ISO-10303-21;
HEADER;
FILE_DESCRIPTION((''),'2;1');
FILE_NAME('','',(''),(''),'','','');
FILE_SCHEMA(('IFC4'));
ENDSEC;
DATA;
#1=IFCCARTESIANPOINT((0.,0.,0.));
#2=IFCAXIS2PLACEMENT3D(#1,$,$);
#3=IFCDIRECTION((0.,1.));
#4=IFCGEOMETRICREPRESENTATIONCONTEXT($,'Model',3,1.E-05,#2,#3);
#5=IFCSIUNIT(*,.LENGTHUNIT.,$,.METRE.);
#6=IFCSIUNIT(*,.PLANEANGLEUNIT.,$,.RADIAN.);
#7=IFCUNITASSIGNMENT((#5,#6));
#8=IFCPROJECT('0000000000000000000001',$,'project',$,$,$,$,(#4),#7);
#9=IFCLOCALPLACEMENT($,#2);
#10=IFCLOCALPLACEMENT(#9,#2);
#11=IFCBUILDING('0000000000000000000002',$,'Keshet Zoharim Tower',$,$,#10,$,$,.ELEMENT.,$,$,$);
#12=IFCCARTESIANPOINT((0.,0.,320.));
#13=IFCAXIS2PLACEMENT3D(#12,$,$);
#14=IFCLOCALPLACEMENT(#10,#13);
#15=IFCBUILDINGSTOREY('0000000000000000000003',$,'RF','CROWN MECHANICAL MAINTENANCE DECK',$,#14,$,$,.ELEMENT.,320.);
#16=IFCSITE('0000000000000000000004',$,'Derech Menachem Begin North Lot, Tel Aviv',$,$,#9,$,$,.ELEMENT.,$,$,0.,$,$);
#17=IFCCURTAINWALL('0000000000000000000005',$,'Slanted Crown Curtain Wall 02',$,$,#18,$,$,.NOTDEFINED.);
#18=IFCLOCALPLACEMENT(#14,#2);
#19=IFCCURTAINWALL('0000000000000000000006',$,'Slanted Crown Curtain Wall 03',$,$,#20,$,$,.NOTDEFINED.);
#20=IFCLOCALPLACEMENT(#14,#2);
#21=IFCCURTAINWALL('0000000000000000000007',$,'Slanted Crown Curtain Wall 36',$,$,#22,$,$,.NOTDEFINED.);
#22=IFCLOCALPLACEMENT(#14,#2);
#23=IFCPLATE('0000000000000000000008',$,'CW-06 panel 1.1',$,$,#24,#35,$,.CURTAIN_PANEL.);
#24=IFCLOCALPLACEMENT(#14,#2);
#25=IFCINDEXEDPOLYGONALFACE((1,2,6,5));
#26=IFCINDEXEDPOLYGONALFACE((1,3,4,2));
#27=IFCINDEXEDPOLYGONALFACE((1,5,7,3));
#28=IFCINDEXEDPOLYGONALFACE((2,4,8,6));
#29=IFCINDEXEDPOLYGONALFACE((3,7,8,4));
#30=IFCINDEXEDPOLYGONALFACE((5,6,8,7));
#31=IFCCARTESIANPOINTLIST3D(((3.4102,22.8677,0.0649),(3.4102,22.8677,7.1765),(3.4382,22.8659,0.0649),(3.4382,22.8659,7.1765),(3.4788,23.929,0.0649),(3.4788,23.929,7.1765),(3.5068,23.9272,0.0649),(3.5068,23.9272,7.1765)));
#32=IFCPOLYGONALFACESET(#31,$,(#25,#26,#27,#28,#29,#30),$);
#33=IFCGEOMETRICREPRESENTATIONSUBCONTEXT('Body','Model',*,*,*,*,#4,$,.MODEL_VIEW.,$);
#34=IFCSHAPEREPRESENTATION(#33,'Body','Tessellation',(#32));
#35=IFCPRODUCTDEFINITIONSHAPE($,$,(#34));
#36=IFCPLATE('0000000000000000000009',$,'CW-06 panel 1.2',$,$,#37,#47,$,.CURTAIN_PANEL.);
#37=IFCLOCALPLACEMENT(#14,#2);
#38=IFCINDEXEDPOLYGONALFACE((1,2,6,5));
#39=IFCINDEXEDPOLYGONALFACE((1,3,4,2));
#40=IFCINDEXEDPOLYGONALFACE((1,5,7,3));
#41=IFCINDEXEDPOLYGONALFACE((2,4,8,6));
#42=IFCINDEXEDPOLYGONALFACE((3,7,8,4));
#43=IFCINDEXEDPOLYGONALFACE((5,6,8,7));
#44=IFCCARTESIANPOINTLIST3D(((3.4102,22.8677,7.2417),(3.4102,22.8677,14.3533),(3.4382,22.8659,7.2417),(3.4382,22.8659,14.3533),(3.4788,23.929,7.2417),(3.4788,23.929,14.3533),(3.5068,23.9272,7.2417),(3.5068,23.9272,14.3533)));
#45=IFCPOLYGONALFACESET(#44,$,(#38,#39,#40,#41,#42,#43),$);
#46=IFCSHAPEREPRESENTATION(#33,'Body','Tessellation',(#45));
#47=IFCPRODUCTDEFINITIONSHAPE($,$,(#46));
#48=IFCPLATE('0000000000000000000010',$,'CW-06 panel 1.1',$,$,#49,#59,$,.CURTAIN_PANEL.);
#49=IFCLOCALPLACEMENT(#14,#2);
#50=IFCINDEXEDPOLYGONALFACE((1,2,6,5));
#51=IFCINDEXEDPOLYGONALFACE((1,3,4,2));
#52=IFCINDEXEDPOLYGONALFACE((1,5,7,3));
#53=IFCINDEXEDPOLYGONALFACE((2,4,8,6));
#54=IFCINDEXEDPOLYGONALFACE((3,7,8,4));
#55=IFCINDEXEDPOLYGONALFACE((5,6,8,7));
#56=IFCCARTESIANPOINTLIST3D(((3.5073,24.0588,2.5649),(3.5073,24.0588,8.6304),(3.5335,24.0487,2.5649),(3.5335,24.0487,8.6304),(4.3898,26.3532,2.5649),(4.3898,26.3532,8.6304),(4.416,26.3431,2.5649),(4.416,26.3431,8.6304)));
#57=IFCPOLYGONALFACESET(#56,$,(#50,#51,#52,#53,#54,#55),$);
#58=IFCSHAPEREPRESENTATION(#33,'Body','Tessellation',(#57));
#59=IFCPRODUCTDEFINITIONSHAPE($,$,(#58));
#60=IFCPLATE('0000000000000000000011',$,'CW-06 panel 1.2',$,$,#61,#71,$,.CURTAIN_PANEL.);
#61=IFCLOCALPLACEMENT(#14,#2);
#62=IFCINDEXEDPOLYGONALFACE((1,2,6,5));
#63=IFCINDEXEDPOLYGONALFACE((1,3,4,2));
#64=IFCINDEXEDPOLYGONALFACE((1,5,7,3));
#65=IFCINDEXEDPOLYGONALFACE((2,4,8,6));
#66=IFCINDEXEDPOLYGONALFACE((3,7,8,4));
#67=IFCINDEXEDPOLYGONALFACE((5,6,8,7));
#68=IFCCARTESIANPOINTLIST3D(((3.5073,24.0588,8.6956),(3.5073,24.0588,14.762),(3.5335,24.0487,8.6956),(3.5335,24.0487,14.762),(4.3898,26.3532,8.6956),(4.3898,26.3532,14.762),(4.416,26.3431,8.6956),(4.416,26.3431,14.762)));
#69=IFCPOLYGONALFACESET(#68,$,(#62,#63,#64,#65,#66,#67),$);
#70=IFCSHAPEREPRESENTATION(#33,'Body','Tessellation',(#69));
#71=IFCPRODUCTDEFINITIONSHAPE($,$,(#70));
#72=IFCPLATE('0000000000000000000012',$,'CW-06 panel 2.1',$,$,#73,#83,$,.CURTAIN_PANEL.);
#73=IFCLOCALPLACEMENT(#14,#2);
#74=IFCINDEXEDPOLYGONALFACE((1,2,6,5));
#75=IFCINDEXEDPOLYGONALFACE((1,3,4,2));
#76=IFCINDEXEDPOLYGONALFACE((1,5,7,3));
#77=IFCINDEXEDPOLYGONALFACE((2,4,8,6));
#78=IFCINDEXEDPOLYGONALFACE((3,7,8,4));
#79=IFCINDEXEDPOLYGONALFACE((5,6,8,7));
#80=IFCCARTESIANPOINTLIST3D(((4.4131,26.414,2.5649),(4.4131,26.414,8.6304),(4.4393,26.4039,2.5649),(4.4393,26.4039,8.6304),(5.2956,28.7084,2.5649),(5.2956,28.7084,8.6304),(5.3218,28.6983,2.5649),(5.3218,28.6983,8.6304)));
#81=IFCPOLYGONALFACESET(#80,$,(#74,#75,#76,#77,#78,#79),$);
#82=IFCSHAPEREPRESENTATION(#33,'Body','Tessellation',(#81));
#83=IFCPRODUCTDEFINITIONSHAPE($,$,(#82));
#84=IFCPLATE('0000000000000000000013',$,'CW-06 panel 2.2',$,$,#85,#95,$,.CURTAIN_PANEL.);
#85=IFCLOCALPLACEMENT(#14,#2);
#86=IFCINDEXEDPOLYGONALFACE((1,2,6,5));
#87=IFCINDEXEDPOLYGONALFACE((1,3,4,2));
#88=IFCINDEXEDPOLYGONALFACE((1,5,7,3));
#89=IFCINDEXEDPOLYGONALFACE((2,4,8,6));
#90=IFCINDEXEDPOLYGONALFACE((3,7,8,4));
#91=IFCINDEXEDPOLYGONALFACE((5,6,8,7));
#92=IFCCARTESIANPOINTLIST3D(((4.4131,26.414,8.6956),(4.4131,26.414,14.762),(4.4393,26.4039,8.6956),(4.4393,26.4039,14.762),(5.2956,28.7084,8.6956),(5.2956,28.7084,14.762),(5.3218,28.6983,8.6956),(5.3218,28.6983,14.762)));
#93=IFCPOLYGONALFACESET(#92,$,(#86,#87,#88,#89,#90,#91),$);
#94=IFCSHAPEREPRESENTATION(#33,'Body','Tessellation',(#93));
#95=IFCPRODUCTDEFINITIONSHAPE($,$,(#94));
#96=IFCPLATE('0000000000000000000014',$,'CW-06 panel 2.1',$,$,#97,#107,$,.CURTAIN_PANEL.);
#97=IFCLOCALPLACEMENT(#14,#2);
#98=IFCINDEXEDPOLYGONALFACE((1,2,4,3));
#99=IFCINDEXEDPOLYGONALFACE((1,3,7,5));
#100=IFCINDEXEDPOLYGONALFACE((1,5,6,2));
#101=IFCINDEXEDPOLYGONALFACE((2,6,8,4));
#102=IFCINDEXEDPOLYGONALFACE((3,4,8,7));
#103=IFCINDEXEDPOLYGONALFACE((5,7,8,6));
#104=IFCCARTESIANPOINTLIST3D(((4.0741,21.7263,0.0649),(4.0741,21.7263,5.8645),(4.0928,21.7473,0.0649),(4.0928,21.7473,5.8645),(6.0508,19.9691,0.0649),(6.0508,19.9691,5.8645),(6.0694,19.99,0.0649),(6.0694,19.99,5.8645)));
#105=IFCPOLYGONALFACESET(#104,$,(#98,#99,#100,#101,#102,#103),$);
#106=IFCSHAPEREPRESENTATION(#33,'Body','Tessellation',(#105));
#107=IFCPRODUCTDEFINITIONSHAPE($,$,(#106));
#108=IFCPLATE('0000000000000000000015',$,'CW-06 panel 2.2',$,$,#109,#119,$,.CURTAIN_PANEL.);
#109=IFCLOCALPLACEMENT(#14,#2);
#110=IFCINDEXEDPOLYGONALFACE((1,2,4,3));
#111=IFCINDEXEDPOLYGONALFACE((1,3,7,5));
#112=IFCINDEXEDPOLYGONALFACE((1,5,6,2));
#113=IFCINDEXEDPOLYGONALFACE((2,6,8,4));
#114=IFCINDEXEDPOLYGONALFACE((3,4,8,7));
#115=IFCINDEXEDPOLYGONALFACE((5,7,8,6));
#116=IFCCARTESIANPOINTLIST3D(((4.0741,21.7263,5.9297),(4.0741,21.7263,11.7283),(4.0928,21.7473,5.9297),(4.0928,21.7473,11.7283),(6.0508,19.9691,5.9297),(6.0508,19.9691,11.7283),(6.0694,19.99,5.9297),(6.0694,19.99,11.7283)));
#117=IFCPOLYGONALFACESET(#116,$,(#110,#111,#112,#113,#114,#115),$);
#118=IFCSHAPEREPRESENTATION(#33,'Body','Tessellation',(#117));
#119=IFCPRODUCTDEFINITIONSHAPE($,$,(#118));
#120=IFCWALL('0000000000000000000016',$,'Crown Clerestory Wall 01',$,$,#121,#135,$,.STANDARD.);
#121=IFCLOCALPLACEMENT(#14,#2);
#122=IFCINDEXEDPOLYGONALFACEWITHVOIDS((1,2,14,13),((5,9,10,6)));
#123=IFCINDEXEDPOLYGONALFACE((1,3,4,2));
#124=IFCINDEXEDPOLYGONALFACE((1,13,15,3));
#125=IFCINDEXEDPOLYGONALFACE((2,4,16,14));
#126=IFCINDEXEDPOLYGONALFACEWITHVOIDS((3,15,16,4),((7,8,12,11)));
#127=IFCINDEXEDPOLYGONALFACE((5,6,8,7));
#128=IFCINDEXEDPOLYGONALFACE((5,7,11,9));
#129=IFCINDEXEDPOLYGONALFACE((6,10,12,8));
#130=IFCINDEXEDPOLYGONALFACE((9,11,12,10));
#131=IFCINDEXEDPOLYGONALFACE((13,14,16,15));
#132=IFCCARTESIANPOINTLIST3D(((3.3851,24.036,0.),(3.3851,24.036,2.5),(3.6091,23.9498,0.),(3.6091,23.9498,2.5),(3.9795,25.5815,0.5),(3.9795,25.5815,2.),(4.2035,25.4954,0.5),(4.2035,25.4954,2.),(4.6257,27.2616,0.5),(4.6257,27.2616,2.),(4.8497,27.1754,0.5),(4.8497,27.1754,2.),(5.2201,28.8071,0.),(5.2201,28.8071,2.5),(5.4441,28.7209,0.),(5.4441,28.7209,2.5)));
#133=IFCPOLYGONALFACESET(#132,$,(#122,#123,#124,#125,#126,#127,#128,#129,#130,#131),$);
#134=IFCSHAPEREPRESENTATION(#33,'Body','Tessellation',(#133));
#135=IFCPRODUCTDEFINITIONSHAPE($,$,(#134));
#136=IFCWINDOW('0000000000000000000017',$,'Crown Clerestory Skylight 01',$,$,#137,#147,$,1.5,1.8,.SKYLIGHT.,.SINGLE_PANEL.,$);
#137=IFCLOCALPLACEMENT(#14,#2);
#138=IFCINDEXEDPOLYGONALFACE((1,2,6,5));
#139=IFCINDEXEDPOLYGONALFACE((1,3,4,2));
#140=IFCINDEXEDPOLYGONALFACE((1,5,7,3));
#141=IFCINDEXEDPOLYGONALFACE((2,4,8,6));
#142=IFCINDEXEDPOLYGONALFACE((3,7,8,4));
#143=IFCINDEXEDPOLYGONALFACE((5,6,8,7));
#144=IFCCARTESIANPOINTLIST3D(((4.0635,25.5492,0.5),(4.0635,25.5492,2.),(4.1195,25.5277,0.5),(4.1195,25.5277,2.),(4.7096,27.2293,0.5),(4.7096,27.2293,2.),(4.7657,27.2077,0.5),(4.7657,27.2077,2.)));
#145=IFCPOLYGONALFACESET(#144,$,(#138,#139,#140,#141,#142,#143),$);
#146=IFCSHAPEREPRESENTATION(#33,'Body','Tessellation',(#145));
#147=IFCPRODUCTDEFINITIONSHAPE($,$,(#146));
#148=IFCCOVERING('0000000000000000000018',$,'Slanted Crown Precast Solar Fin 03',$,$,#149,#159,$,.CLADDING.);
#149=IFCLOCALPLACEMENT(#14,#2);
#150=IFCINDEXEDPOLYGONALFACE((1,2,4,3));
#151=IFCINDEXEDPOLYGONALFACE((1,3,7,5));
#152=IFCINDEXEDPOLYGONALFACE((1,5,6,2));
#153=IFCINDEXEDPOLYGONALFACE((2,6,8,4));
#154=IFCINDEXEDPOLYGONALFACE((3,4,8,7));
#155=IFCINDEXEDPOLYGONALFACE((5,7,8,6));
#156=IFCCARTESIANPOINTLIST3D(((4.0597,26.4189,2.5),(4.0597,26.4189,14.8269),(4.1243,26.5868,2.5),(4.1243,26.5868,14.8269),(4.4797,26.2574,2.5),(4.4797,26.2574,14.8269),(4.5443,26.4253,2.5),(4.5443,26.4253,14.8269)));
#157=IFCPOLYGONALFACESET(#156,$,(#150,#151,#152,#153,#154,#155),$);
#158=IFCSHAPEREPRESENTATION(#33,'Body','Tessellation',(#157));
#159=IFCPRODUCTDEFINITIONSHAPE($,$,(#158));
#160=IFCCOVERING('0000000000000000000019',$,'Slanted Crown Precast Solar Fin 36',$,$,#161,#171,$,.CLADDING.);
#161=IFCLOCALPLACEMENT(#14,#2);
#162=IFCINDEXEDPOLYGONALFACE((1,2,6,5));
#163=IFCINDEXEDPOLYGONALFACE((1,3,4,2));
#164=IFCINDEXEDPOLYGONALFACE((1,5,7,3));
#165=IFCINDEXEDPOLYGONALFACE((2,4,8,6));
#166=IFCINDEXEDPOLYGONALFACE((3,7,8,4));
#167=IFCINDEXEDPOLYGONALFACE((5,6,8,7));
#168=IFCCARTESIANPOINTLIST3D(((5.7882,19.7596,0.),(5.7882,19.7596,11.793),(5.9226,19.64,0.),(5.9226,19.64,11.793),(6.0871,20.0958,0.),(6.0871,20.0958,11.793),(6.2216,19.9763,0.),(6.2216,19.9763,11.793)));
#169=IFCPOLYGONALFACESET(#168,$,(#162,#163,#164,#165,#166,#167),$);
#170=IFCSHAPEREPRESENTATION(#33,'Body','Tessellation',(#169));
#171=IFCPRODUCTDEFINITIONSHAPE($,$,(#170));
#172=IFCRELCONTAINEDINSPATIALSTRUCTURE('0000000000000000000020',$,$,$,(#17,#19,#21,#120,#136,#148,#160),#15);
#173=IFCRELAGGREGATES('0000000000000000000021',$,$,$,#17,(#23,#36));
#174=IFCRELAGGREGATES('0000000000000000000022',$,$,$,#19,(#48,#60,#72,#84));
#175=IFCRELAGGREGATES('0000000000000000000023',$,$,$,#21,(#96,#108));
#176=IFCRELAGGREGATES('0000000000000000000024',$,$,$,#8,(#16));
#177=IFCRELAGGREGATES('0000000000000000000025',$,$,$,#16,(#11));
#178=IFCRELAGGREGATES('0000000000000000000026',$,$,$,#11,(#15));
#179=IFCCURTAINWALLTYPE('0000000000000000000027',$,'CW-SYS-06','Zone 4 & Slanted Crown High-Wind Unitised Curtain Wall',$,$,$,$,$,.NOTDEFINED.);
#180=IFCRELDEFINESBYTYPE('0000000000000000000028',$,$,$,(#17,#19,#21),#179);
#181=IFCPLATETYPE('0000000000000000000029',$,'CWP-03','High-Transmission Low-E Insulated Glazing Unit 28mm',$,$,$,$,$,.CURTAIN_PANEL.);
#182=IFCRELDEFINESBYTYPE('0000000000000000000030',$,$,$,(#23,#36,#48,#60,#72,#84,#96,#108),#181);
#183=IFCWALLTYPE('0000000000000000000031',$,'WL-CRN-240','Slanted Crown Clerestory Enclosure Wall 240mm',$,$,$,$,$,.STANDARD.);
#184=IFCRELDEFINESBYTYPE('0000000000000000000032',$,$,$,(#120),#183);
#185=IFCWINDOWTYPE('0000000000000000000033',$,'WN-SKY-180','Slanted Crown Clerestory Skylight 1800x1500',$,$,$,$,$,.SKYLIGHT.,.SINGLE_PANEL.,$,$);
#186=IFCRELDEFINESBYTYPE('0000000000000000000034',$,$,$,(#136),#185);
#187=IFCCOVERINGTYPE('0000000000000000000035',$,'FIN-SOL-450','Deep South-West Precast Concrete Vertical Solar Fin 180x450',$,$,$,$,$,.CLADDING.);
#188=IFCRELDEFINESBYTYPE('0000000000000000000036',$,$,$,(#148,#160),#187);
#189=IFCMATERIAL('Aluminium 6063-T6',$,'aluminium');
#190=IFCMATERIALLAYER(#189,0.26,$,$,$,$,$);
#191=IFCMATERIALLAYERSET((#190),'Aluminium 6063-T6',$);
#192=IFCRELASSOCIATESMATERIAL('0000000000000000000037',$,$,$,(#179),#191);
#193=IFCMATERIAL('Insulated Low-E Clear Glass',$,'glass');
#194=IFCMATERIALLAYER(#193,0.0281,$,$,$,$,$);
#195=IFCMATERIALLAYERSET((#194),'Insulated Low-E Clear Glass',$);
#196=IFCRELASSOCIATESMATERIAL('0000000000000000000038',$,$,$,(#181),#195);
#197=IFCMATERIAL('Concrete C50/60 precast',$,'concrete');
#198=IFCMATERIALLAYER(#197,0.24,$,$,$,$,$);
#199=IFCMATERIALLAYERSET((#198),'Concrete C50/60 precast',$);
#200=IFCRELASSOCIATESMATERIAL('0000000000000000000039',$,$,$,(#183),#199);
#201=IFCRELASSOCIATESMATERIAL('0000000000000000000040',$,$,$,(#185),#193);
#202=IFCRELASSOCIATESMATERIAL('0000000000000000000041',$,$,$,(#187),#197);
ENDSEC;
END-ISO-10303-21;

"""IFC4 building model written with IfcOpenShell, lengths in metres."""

from ifc_helpers import new_model, si_unit, direction, frame, frame_2d, origin, origin_2d, place, context, subcontext, project, spatial, rectangle, extrude, material, layer, layer_set, type_object, element, fill, aggregate, save


model = new_model("IFC4")

# Units and contexts
model_context = context("Model", 3, precision=1e-05, world=origin(), true_north=direction((0.0, 1.0)))
body_context = subcontext(model_context, "Body", "Model", "MODEL_VIEW")
ifc_project = project(units=[si_unit("LENGTHUNIT", "METRE"), si_unit("PLANEANGLEUNIT", "RADIAN")], contexts=[model_context])

# Site, building, storey
site_placement = place(None, origin())
site = spatial("IfcSite", under=ifc_project, at=site_placement, Name="Derech Menachem Begin North Lot, Tel Aviv", CompositionType="ELEMENT", RefElevation=0.0)
building_placement = place(site_placement, origin())
building = spatial("IfcBuilding", under=site, at=building_placement, Name="Keshet Zoharim Tower", CompositionType="ELEMENT")
storey_placement = place(building_placement, frame((0.0, 0.0, 320.0)))
storey = spatial("IfcBuildingStorey", under=building, at=storey_placement, Name="RF", Description="CROWN MECHANICAL MAINTENANCE DECK", CompositionType="ELEMENT", Elevation=320.0)

# Curtain walls
ifc_material_1 = material(Name="Aluminium 6063-T6", Category="aluminium")
ifc_layer_1 = layer(ifc_material_1, 0.26)
ifc_layer_set_1 = layer_set([ifc_layer_1], Name="Aluminium 6063-T6")
curtain_wall_type = type_object("IfcCurtainWallType", Name="CW-SYS-06", Description="Zone 4 & Slanted Crown High-Wind Unitised Curtain Wall", PredefinedType="NOTDEFINED", material=ifc_layer_set_1)
curtain_wall_1_placement = place(storey_placement, origin())
curtain_wall_1 = element("IfcCurtainWall", 1, at=curtain_wall_1_placement, inside=storey, type_object=curtain_wall_type, Name="Slanted Crown Curtain Wall 02", PredefinedType="NOTDEFINED")
curtain_wall_2_placement = place(storey_placement, origin())
curtain_wall_2 = element("IfcCurtainWall", 2, at=curtain_wall_2_placement, inside=storey, type_object=curtain_wall_type, Name="Slanted Crown Curtain Wall 03", PredefinedType="NOTDEFINED")

# Curtain wall
curtain_wall_3_placement = place(storey_placement, origin())
curtain_wall_3 = element("IfcCurtainWall", 3, at=curtain_wall_3_placement, inside=storey, type_object=curtain_wall_type, Name="Slanted Crown Curtain Wall 36", PredefinedType="NOTDEFINED")

# Plates
ifc_material_2 = material(Name="Insulated Low-E Clear Glass", Category="glass")
ifc_layer_2 = layer(ifc_material_2, 0.0281)
ifc_layer_set_2 = layer_set([ifc_layer_2], Name="Insulated Low-E Clear Glass")
plate_type = type_object("IfcPlateType", Name="CWP-03", Description="High-Transmission Low-E Insulated Glazing Unit 28mm", PredefinedType="CURTAIN_PANEL", material=ifc_layer_set_2)
plate_1_placement = place(storey_placement, frame((3.4585, 23.3975, 0.0649), z_axis=(0.0, 0.0, 1.0), x_axis=(0.064517, 0.997917, 0.0)))
plate_1 = element("IfcPlate", 4, at=plate_1_placement, type_object=plate_type, Name="CW-06 panel 1.1", PredefinedType="CURTAIN_PANEL", context=body_context, shape_type="SweptSolid", body=[
    extrude(rectangle(XDim=1.0635, YDim=0.0281, at=origin_2d()), origin(), (0.0, 0.0, 1.0), 7.1116),
])
plate_2_placement = place(storey_placement, frame((3.4585, 23.3975, 7.2417), z_axis=(0.0, 0.0, 1.0), x_axis=(0.064517, 0.997917, 0.0)))
plate_2 = element("IfcPlate", 5, at=plate_2_placement, type_object=plate_type, Name="CW-06 panel 1.2", PredefinedType="CURTAIN_PANEL", context=body_context, shape_type="SweptSolid", body=[
    extrude(rectangle(XDim=1.0635, YDim=0.0281, at=origin_2d()), origin(), (0.0, 0.0, 1.0), 7.1116),
])
aggregate(curtain_wall_1, [plate_1, plate_2])
plate_3_placement = place(storey_placement, frame((3.9617, 25.2009, 2.5649), z_axis=(0.0, 0.0, 1.0), x_axis=(0.358979, 0.933346, 0.0)))
plate_3 = element("IfcPlate", 6, at=plate_3_placement, type_object=plate_type, Name="CW-06 panel 1.1", PredefinedType="CURTAIN_PANEL", context=body_context, shape_type="SweptSolid", body=[
    extrude(rectangle(XDim=2.4583, YDim=0.0281, at=origin_2d()), origin(), (0.0, 0.0, 1.0), 6.0654),
])
plate_4_placement = place(storey_placement, frame((3.9617, 25.2009, 8.6956), z_axis=(0.0, 0.0, 1.0), x_axis=(0.358979, 0.933346, 0.0)))
plate_4 = element("IfcPlate", 7, at=plate_4_placement, type_object=plate_type, Name="CW-06 panel 1.2", PredefinedType="CURTAIN_PANEL", context=body_context, shape_type="SweptSolid", body=[
    extrude(rectangle(XDim=2.4583, YDim=0.0281, at=origin_2d()), origin(), (0.0, 0.0, 1.0), 6.0664),
])
plate_5_placement = place(storey_placement, frame((4.8674, 27.5562, 2.5649), z_axis=(0.0, 0.0, 1.0), x_axis=(0.358979, 0.933346, 0.0)))
plate_5 = element("IfcPlate", 8, at=plate_5_placement, type_object=plate_type, Name="CW-06 panel 2.1", PredefinedType="CURTAIN_PANEL", context=body_context, shape_type="SweptSolid", body=[
    extrude(rectangle(XDim=2.4583, YDim=0.0281, at=origin_2d()), origin(), (0.0, 0.0, 1.0), 6.0654),
])
plate_6_placement = place(storey_placement, frame((4.8674, 27.5562, 8.6956), z_axis=(0.0, 0.0, 1.0), x_axis=(0.358979, 0.933346, 0.0)))
plate_6 = element("IfcPlate", 9, at=plate_6_placement, type_object=plate_type, Name="CW-06 panel 2.2", PredefinedType="CURTAIN_PANEL", context=body_context, shape_type="SweptSolid", body=[
    extrude(rectangle(XDim=2.4583, YDim=0.0281, at=origin_2d()), origin(), (0.0, 0.0, 1.0), 6.0664),
])
aggregate(curtain_wall_2, [plate_3, plate_4, plate_5, plate_6])
plate_7_placement = place(storey_placement, frame((5.0718, 20.8582, 0.0649), z_axis=(0.0, 0.0, 1.0), x_axis=(-0.747369, 0.664409, 0.0)))
plate_7 = element("IfcPlate", 10, at=plate_7_placement, type_object=plate_type, Name="CW-06 panel 2.1", PredefinedType="CURTAIN_PANEL", context=body_context, shape_type="SweptSolid", body=[
    extrude(rectangle(XDim=2.6448, YDim=0.0281, at=origin_2d()), origin(), (0.0, 0.0, 1.0), 5.7996),
])
plate_8_placement = place(storey_placement, frame((5.0718, 20.8582, 5.9297), z_axis=(0.0, 0.0, 1.0), x_axis=(-0.747369, 0.664409, 0.0)))
plate_8 = element("IfcPlate", 11, at=plate_8_placement, type_object=plate_type, Name="CW-06 panel 2.2", PredefinedType="CURTAIN_PANEL", context=body_context, shape_type="SweptSolid", body=[
    extrude(rectangle(XDim=2.6448, YDim=0.0281, at=origin_2d()), origin(), (0.0, 0.0, 1.0), 5.7986),
])
aggregate(curtain_wall_3, [plate_7, plate_8])

# Wall, opening, window
ifc_material_3 = material(Name="Concrete C50/60 precast", Category="concrete")
ifc_layer_3 = layer(ifc_material_3, 0.24)
ifc_layer_set_3 = layer_set([ifc_layer_3], Name="Concrete C50/60 precast")
wall_type = type_object("IfcWallType", Name="WL-CRN-240", Description="Slanted Crown Clerestory Enclosure Wall 240mm", PredefinedType="STANDARD", material=ifc_layer_set_3)
wall_placement = place(storey_placement, frame((3.4971, 23.9929, 0.0), z_axis=(0.0, 0.0, 1.0), x_axis=(0.358973, 0.933348, 0.0)))
wall = element("IfcWall", 12, at=wall_placement, inside=storey, type_object=wall_type, Name="Crown Clerestory Wall 01", PredefinedType="STANDARD", context=body_context, shape_type="SweptSolid", body=[
    extrude(rectangle(XDim=5.1118, YDim=0.24, at=frame_2d((2.5559, 0.0))), origin(), (0.0, 0.0, 1.0), 2.5),
])
opening_placement = place(wall_placement, frame((1.656, 0.0, 0.5)))
opening = element("IfcOpeningElement", 13, at=opening_placement, cuts=wall, PredefinedType="OPENING", context=body_context, shape_type="SweptSolid", body=[
    extrude(rectangle(XDim=1.8, YDim=1.5, at=frame_2d((0.8999, 0.75))), frame((0.0, 0.1299, 0.0), z_axis=(0.0, -1.0, 0.0), x_axis=(1.0, 0.0, 0.0)), (0.0, 0.0, 1.0), 0.26),
])
window_type = type_object("IfcWindowType", Name="WN-SKY-180", Description="Slanted Crown Clerestory Skylight 1800x1500", PartitioningType="SINGLE_PANEL", PredefinedType="SKYLIGHT", material=ifc_material_2)
window_placement = place(opening_placement, origin())
window = element("IfcWindow", 14, at=window_placement, inside=storey, type_object=window_type, Name="Crown Clerestory Skylight 01", OverallHeight=1.5, OverallWidth=1.8, PartitioningType="SINGLE_PANEL", PredefinedType="SKYLIGHT", context=body_context, shape_type="SweptSolid", body=[
    extrude(rectangle(XDim=1.8, YDim=1.5, at=frame_2d((0.8999, 0.75))), frame((0.0, 0.03, 0.0), z_axis=(0.0, -1.0, 0.0), x_axis=(1.0, 0.0, 0.0)), (0.0, 0.0, 1.0), 0.0601),
])
fill(opening, window)

# Coverings
covering_type = type_object("IfcCoveringType", Name="FIN-SOL-450", Description="Deep South-West Precast Concrete Vertical Solar Fin 180x450", PredefinedType="CLADDING", material=ifc_material_3)
covering_1_placement = place(storey_placement, frame((4.302, 26.4221, 2.5), z_axis=(0.0, 0.0, 1.0), x_axis=(0.358979, 0.933346, 0.0)))
element("IfcCovering", 15, at=covering_1_placement, inside=storey, type_object=covering_type, Name="Slanted Crown Precast Solar Fin 03", PredefinedType="CLADDING", context=body_context, shape_type="SweptSolid", body=[
    extrude(rectangle(XDim=0.1799, YDim=0.45, at=origin_2d()), origin(), (0.0, 0.0, 1.0), 12.3269),
])
covering_2_placement = place(storey_placement, frame((6.0049, 19.8679, 0.0), z_axis=(0.0, 0.0, 1.0), x_axis=(-0.747369, 0.664409, 0.0)))
element("IfcCovering", 16, at=covering_2_placement, inside=storey, type_object=covering_type, Name="Slanted Crown Precast Solar Fin 36", PredefinedType="CLADDING", context=body_context, shape_type="SweptSolid", body=[
    extrude(rectangle(XDim=0.1799, YDim=0.45, at=origin_2d()), origin(), (0.0, 0.0, 1.0), 11.793),
])

save(model, "model.ifc")
